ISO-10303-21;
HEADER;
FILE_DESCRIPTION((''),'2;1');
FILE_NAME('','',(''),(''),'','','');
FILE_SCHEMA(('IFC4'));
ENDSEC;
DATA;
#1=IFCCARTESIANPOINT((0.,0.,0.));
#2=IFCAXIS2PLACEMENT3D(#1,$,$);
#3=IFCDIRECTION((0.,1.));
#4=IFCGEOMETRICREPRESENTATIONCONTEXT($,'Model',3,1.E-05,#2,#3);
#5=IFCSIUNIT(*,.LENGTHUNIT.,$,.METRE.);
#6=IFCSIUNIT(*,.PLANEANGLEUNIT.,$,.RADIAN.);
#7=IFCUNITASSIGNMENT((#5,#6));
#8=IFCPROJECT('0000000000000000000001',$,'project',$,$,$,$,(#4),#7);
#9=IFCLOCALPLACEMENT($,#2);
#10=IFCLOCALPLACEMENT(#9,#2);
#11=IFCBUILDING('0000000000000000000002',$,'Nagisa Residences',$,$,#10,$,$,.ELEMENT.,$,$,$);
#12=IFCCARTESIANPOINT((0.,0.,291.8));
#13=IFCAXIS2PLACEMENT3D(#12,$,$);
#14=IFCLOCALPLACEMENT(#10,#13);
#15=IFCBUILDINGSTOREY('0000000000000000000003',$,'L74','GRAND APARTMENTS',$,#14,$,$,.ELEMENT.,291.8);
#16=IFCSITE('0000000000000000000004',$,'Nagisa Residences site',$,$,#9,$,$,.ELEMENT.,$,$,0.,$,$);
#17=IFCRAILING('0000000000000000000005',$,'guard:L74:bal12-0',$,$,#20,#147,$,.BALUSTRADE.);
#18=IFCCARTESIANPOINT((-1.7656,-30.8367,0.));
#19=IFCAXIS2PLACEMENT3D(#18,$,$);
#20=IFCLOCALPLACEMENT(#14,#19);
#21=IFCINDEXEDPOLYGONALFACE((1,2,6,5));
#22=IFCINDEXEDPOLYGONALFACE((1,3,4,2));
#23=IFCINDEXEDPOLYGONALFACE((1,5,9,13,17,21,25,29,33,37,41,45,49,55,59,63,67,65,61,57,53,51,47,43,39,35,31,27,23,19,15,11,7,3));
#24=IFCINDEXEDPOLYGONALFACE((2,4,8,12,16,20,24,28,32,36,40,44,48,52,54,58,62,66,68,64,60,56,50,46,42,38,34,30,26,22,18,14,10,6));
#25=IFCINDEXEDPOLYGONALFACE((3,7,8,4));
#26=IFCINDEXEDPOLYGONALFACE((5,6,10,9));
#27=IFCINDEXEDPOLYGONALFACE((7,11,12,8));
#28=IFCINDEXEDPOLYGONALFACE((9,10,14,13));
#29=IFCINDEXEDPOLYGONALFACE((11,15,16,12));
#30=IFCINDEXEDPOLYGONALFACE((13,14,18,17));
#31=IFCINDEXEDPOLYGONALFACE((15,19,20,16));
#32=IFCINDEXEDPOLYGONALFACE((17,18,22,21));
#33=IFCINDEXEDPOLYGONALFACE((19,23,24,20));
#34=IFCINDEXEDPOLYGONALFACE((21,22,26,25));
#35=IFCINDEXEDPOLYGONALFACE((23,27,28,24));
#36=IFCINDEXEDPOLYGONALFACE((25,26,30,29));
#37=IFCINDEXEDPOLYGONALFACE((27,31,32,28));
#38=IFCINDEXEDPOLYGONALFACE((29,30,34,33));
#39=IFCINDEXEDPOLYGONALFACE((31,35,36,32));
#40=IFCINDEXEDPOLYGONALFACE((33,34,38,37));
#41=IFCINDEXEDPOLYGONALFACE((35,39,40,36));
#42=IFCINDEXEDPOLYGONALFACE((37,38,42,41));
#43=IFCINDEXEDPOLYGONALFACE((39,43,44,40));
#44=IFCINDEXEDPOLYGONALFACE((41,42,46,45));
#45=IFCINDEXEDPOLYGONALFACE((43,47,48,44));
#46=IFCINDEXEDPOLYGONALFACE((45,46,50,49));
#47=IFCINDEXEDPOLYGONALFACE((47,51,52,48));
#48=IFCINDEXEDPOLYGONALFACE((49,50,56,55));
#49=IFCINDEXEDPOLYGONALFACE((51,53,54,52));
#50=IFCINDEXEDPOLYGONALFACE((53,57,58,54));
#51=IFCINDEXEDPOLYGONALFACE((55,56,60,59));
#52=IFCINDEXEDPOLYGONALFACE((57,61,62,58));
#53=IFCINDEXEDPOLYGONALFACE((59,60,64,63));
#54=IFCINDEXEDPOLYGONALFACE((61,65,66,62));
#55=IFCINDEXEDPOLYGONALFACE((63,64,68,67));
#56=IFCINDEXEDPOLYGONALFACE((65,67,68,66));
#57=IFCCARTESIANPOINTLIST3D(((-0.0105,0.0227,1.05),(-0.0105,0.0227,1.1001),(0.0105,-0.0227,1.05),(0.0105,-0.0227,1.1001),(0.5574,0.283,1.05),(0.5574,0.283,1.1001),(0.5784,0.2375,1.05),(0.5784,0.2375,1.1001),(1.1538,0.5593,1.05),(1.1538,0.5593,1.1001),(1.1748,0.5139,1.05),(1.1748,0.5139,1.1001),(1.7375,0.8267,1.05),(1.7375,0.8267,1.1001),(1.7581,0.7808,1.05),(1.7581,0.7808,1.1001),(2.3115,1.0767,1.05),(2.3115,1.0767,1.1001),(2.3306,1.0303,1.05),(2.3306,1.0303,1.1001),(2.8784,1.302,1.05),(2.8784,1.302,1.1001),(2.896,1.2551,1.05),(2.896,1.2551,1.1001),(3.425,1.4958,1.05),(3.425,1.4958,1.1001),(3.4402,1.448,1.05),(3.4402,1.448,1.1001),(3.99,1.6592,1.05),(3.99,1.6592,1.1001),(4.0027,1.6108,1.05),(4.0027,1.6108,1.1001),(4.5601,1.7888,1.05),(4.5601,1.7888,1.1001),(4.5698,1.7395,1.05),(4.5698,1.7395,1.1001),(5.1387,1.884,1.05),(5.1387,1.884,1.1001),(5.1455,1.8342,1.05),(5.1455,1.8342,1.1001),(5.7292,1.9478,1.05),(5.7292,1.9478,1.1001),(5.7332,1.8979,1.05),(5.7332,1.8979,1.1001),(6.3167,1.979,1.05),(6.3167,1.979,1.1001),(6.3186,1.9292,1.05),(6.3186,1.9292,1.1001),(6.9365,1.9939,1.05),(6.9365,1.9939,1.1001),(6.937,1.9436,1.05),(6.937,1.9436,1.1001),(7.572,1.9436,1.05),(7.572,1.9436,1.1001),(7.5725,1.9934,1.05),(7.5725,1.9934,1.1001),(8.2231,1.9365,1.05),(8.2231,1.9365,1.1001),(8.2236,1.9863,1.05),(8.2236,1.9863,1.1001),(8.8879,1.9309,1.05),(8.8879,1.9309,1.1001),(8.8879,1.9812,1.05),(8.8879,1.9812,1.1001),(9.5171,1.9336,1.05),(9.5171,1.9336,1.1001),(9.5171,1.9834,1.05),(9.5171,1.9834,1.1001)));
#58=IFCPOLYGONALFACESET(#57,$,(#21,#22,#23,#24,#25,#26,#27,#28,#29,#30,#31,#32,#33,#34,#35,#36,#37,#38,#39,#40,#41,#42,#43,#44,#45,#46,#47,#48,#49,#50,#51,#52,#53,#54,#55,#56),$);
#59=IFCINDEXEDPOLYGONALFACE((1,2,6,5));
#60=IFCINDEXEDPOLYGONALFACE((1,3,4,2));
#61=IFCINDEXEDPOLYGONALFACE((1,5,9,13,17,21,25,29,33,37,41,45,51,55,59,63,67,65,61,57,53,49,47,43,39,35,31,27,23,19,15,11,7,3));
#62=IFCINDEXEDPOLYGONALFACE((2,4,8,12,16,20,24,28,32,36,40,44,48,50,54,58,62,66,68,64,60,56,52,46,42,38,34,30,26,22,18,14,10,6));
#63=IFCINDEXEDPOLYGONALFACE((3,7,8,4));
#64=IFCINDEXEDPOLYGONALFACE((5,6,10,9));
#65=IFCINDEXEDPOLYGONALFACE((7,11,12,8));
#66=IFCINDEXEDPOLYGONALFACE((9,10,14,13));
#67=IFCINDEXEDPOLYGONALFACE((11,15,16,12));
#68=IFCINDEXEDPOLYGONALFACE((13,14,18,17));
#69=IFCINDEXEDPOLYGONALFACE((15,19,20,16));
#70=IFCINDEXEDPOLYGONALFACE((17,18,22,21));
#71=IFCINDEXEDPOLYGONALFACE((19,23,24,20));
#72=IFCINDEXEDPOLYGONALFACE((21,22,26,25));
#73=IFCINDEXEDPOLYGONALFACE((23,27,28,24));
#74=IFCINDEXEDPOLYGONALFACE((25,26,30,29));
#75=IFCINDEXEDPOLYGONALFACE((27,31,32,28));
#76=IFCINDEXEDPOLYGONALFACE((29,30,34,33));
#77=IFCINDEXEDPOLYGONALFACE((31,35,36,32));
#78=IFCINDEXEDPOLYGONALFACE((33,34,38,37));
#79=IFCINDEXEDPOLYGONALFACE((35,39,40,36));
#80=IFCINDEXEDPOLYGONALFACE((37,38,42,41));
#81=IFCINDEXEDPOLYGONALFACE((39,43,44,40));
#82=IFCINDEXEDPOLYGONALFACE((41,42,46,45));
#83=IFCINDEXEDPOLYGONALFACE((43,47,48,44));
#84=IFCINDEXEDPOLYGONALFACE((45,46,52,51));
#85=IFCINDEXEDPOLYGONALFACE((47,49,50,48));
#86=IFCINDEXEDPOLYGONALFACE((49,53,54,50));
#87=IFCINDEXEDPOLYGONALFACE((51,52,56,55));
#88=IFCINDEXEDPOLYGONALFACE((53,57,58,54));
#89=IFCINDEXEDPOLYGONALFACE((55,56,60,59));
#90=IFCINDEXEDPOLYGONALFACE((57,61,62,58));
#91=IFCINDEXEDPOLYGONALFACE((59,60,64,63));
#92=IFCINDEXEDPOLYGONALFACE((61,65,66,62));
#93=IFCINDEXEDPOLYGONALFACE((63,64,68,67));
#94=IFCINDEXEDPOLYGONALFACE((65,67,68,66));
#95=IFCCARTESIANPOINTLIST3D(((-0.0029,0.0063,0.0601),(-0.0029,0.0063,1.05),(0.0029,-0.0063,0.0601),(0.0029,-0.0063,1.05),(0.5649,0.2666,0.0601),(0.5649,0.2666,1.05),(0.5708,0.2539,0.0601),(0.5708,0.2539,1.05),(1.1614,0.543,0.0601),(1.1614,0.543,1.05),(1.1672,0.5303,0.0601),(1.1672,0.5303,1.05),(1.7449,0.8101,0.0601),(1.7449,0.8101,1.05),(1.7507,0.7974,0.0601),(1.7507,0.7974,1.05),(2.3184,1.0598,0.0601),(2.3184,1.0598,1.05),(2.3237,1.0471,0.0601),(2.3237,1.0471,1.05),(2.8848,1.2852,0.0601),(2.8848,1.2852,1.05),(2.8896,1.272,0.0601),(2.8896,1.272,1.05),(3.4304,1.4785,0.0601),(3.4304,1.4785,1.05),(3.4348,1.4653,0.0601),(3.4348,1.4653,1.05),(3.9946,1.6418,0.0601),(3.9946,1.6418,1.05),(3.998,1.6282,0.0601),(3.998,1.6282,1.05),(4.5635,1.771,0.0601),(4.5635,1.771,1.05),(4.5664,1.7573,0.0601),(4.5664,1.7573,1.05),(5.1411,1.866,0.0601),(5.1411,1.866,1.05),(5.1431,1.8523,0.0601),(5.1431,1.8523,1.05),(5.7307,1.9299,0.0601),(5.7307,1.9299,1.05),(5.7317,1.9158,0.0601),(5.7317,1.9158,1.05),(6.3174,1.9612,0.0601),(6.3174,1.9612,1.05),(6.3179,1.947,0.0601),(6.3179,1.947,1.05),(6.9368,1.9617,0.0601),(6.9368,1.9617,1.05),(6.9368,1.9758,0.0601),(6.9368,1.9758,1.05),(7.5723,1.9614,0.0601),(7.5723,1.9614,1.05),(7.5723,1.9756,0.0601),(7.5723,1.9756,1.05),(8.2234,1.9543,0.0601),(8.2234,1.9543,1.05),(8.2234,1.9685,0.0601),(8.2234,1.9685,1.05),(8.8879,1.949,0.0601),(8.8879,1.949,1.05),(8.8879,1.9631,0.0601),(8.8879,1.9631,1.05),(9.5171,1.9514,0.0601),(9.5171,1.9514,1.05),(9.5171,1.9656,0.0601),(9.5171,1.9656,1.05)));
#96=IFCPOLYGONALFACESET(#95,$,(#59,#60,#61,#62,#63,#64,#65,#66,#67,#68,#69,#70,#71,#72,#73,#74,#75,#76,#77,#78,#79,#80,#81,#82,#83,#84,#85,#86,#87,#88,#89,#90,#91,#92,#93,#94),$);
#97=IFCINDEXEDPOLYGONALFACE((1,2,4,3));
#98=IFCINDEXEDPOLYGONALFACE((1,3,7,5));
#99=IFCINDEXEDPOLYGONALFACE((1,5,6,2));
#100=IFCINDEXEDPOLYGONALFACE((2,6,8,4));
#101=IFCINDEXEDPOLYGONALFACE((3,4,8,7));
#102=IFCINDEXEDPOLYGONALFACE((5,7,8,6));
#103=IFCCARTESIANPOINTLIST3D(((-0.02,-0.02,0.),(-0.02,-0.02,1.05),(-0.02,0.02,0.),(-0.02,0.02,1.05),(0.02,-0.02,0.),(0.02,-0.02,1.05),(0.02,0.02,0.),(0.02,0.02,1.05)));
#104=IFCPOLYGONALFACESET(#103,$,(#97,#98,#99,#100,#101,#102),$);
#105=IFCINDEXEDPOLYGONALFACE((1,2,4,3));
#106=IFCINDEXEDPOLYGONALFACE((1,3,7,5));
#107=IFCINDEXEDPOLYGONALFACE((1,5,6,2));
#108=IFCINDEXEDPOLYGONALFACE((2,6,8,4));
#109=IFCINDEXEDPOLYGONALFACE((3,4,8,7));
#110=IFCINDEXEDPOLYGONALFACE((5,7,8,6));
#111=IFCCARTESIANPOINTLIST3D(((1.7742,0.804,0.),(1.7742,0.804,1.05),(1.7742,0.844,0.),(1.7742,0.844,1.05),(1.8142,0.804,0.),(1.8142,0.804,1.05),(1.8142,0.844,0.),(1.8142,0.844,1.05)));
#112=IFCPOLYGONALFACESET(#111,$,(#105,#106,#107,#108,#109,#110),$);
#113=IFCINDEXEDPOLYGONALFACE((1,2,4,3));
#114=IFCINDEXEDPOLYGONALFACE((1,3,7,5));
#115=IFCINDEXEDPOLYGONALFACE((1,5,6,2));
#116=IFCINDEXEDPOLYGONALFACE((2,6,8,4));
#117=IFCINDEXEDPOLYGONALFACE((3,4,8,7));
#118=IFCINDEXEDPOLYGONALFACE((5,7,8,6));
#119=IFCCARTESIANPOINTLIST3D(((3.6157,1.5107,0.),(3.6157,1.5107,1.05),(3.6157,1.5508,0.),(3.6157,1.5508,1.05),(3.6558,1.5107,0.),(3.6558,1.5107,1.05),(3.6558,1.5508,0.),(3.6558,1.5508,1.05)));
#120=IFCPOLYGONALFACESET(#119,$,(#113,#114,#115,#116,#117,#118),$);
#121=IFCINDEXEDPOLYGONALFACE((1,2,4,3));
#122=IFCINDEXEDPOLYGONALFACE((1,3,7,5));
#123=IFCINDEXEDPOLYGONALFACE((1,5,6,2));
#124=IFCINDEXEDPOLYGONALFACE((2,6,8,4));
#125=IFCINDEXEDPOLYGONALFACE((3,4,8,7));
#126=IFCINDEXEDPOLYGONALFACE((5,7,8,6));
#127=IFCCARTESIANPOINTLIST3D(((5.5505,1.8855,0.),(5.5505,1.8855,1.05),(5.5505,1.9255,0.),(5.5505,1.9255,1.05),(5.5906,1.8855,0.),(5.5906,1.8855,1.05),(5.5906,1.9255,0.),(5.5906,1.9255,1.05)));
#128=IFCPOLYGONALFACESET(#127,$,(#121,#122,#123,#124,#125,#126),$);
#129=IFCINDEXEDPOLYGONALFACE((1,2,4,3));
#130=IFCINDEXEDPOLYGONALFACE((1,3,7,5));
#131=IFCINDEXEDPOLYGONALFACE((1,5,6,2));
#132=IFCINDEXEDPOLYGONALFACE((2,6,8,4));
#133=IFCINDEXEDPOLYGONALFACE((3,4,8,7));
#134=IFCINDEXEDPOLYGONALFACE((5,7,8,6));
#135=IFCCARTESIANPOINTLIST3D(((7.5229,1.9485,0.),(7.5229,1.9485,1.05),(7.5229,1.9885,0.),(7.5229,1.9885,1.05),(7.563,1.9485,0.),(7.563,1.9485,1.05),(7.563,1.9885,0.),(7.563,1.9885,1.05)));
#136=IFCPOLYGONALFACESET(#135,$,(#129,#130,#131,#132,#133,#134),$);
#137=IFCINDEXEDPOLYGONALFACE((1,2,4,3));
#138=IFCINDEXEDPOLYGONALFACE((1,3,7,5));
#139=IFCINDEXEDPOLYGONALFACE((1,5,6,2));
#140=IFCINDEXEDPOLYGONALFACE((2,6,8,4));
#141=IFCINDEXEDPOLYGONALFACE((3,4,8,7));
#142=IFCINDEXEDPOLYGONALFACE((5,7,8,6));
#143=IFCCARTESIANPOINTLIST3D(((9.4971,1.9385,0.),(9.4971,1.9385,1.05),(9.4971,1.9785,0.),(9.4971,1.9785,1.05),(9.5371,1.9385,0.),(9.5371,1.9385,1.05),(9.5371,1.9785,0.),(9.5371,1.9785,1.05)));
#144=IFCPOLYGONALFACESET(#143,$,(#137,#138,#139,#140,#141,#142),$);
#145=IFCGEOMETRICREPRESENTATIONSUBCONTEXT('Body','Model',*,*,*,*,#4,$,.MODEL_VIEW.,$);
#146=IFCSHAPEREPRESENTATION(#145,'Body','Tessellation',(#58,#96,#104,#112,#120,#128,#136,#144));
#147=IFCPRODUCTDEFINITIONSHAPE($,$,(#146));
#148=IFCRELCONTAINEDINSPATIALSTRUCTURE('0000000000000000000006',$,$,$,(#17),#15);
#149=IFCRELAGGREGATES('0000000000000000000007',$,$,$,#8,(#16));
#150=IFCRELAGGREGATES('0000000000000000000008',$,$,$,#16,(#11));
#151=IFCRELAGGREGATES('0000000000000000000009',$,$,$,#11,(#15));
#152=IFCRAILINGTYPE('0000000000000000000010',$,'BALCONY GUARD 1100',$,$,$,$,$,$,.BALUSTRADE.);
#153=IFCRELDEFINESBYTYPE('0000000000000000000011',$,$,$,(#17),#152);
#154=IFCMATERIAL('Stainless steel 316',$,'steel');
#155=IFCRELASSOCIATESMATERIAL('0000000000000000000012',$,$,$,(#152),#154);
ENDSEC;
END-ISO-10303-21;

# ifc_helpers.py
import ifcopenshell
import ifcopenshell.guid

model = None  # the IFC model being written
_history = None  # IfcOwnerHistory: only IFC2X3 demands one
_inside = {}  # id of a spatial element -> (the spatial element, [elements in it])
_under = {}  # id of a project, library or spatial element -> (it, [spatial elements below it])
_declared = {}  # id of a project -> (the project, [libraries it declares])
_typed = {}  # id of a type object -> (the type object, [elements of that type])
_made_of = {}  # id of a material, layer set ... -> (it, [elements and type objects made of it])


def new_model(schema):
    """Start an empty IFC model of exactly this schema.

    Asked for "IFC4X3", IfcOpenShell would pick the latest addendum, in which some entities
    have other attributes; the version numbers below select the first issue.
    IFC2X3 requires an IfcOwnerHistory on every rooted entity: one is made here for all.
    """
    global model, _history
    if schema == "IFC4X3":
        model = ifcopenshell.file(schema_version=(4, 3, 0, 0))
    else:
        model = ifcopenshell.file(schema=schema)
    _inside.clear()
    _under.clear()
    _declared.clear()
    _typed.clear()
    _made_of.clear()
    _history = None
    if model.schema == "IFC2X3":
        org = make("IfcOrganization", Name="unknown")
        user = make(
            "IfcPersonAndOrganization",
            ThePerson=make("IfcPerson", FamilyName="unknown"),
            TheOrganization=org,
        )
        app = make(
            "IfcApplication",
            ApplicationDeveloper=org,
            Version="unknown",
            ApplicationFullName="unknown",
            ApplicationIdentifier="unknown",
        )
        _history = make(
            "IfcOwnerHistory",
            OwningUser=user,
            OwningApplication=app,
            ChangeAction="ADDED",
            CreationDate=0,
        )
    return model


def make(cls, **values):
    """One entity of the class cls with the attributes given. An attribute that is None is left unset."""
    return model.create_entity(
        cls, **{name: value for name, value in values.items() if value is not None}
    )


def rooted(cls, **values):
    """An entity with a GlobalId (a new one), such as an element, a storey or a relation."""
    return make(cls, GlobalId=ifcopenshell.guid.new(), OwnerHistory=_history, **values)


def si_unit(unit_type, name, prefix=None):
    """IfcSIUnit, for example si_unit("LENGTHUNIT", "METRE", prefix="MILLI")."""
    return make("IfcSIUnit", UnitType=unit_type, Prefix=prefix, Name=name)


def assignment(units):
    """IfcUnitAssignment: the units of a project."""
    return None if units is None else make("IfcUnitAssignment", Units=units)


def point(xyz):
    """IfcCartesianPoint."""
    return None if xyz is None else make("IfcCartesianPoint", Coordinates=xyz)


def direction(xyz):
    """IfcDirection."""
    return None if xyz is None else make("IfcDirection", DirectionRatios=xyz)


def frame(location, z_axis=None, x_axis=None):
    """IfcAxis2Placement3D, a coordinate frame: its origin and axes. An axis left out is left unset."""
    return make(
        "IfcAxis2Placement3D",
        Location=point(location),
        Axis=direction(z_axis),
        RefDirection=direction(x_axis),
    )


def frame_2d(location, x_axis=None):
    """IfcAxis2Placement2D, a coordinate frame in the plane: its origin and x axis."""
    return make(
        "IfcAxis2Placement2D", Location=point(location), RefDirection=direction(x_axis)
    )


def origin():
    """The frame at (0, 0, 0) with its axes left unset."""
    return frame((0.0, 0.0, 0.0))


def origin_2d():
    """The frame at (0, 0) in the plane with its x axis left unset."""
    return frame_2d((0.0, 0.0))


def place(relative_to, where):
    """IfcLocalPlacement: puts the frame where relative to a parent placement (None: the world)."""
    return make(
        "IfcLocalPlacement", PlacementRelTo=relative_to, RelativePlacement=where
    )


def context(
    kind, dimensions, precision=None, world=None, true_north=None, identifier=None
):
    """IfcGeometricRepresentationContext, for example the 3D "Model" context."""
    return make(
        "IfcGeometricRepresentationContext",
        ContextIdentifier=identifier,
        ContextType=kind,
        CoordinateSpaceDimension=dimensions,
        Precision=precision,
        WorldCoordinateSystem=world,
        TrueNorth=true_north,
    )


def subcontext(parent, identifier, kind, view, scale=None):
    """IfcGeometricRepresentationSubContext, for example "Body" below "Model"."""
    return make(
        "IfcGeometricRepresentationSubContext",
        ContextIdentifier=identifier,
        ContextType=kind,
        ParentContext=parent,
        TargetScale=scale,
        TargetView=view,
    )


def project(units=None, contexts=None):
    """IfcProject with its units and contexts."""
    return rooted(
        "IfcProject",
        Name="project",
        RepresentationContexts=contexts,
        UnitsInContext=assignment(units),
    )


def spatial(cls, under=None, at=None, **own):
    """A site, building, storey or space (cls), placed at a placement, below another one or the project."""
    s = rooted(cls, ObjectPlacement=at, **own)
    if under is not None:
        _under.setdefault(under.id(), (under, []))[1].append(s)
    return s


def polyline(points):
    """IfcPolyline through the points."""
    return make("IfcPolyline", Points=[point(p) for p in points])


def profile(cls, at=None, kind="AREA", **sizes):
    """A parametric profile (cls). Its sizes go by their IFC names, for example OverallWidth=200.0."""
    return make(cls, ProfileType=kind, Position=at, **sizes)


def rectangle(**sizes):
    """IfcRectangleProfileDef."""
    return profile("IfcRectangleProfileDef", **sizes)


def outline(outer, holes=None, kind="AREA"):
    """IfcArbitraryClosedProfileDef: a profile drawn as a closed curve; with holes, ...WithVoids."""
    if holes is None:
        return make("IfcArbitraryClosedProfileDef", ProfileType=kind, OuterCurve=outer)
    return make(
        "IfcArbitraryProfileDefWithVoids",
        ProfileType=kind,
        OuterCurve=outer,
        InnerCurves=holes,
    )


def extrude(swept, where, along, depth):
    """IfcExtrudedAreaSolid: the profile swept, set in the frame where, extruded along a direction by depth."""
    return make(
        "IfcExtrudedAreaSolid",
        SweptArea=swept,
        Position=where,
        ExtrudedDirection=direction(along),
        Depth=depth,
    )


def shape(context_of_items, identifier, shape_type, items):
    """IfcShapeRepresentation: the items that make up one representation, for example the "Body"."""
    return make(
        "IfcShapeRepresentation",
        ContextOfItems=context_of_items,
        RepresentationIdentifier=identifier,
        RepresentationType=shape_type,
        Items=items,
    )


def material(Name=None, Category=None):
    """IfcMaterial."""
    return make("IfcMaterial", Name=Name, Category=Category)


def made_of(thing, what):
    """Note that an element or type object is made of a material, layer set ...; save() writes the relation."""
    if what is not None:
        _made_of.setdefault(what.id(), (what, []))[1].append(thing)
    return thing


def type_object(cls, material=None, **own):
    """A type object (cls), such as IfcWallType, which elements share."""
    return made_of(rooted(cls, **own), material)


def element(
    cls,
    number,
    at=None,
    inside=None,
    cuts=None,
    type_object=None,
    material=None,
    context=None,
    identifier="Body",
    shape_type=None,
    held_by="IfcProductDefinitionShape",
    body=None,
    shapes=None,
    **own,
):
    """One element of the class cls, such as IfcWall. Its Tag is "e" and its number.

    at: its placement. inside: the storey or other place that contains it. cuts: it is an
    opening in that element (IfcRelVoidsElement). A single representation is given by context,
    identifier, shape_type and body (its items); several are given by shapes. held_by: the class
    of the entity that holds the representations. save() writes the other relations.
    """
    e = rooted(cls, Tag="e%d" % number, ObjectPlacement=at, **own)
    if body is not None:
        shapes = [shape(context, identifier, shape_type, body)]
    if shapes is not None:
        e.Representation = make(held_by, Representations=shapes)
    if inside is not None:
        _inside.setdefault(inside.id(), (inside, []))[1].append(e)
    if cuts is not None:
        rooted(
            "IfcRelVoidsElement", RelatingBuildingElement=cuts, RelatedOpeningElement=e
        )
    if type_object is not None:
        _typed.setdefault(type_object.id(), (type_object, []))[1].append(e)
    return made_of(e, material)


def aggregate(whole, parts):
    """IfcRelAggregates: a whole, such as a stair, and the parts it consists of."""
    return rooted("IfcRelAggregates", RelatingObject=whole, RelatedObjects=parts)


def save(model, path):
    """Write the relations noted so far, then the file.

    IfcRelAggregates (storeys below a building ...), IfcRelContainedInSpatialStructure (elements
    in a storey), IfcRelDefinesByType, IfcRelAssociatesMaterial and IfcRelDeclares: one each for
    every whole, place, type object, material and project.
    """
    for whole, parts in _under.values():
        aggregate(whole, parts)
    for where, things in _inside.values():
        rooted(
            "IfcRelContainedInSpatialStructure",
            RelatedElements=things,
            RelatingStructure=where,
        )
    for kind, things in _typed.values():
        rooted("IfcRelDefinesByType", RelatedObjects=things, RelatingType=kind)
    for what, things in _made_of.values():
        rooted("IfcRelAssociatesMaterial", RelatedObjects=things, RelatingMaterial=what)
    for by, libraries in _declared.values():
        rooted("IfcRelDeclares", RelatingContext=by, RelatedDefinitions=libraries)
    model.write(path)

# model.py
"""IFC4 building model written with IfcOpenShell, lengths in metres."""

from ifc_helpers import new_model, si_unit, direction, frame, origin, origin_2d, place, context, subcontext, project, spatial, polyline, rectangle, outline, extrude, material, type_object, element, save


model = new_model("IFC4")

# Units and contexts
model_context = context("Model", 3, precision=1e-05, world=origin(), true_north=direction((0.0, 1.0)))
body_context = subcontext(model_context, "Body", "Model", "MODEL_VIEW")
ifc_project = project(units=[si_unit("LENGTHUNIT", "METRE"), si_unit("PLANEANGLEUNIT", "RADIAN")], contexts=[model_context])

# Site, building, storey
site_placement = place(None, origin())
site = spatial("IfcSite", under=ifc_project, at=site_placement, Name="Nagisa Residences site", CompositionType="ELEMENT", RefElevation=0.0)
building_placement = place(site_placement, origin())
building = spatial("IfcBuilding", under=site, at=building_placement, Name="Nagisa Residences", CompositionType="ELEMENT")
storey_placement = place(building_placement, frame((0.0, 0.0, 291.8)))
storey = spatial("IfcBuildingStorey", under=building, at=storey_placement, Name="L74", Description="GRAND APARTMENTS", CompositionType="ELEMENT", Elevation=291.8)

# Railing
ifc_material_1 = material(Name="Stainless steel 316", Category="steel")
railing_type = type_object("IfcRailingType", Name="BALCONY GUARD 1100", PredefinedType="BALUSTRADE", material=ifc_material_1)
railing_placement = place(storey_placement, frame((-1.7656, -30.8367, 0.0)))
element("IfcRailing", 1, at=railing_placement, inside=storey, type_object=railing_type, Name="guard:L74:bal12-0", PredefinedType="BALUSTRADE", context=body_context, shape_type="SweptSolid", body=[
    extrude(outline(polyline([(0.5574, 0.283), (-0.0105, 0.0227), (0.0105, -0.0227), (0.5784, 0.2375), (1.1748, 0.5139), (1.7581, 0.7808), (2.3306, 1.0303), (2.896, 1.2551), (3.4402, 1.448), (4.0027, 1.6108), (4.5698, 1.7395), (5.1455, 1.8342), (5.7332, 1.8979), (6.3186, 1.9292), (6.937, 1.9436), (7.572, 1.9436), (8.2231, 1.9365), (8.8879, 1.9309), (9.5171, 1.9336), (9.5171, 1.9834), (8.8879, 1.9812), (8.2236, 1.9863), (7.5725, 1.9934), (6.9365, 1.9939), (6.3167, 1.979), (5.7292, 1.9478), (5.1387, 1.884), (4.5601, 1.7888), (3.99, 1.6592), (3.425, 1.4958), (2.8784, 1.302), (2.3115, 1.0767), (1.7375, 0.8267), (1.1538, 0.5593), (0.5574, 0.283)])), frame((0.0, 0.0, 1.05)), (0.0, 0.0, 1.0), 0.05),
    extrude(outline(polyline([(0.5649, 0.2666), (-0.0029, 0.0063), (0.0029, -0.0063), (0.5708, 0.2539), (1.1672, 0.5303), (1.7507, 0.7974), (2.3237, 1.0471), (2.8896, 1.272), (3.4348, 1.4653), (3.998, 1.6282), (4.5664, 1.7573), (5.1431, 1.8523), (5.7317, 1.9158), (6.3179, 1.947), (6.9368, 1.9617), (7.5723, 1.9614), (8.2234, 1.9543), (8.8879, 1.949), (9.5171, 1.9514), (9.5171, 1.9656), (8.8879, 1.9631), (8.2234, 1.9685), (7.5723, 1.9756), (6.9368, 1.9758), (6.3174, 1.9612), (5.7307, 1.9299), (5.1411, 1.866), (4.5635, 1.771), (3.9946, 1.6418), (3.4304, 1.4785), (2.8848, 1.2852), (2.3184, 1.0598), (1.7449, 0.8101), (1.1614, 0.543), (0.5649, 0.2666)])), frame((0.0, 0.0, 0.0601)), (0.0, 0.0, 1.0), 0.99),
    extrude(rectangle(XDim=0.04, YDim=0.04, at=origin_2d()), origin(), (0.0, 0.0, 1.0), 1.05),
    extrude(rectangle(XDim=0.04, YDim=0.04, at=origin_2d()), frame((1.7942, 0.824, 0.0)), (0.0, 0.0, 1.0), 1.05),
    extrude(rectangle(XDim=0.04, YDim=0.04, at=origin_2d()), frame((3.6357, 1.5308, 0.0)), (0.0, 0.0, 1.0), 1.05),
    extrude(rectangle(XDim=0.04, YDim=0.04, at=origin_2d()), frame((5.5706, 1.9055, 0.0)), (0.0, 0.0, 1.0), 1.05),
    extrude(rectangle(XDim=0.04, YDim=0.04, at=origin_2d()), frame((7.543, 1.9685, 0.0)), (0.0, 0.0, 1.0), 1.05),
    extrude(rectangle(XDim=0.04, YDim=0.04, at=origin_2d()), frame((9.5171, 1.9585, 0.0)), (0.0, 0.0, 1.0), 1.05),
])

save(model, "model.ifc")
